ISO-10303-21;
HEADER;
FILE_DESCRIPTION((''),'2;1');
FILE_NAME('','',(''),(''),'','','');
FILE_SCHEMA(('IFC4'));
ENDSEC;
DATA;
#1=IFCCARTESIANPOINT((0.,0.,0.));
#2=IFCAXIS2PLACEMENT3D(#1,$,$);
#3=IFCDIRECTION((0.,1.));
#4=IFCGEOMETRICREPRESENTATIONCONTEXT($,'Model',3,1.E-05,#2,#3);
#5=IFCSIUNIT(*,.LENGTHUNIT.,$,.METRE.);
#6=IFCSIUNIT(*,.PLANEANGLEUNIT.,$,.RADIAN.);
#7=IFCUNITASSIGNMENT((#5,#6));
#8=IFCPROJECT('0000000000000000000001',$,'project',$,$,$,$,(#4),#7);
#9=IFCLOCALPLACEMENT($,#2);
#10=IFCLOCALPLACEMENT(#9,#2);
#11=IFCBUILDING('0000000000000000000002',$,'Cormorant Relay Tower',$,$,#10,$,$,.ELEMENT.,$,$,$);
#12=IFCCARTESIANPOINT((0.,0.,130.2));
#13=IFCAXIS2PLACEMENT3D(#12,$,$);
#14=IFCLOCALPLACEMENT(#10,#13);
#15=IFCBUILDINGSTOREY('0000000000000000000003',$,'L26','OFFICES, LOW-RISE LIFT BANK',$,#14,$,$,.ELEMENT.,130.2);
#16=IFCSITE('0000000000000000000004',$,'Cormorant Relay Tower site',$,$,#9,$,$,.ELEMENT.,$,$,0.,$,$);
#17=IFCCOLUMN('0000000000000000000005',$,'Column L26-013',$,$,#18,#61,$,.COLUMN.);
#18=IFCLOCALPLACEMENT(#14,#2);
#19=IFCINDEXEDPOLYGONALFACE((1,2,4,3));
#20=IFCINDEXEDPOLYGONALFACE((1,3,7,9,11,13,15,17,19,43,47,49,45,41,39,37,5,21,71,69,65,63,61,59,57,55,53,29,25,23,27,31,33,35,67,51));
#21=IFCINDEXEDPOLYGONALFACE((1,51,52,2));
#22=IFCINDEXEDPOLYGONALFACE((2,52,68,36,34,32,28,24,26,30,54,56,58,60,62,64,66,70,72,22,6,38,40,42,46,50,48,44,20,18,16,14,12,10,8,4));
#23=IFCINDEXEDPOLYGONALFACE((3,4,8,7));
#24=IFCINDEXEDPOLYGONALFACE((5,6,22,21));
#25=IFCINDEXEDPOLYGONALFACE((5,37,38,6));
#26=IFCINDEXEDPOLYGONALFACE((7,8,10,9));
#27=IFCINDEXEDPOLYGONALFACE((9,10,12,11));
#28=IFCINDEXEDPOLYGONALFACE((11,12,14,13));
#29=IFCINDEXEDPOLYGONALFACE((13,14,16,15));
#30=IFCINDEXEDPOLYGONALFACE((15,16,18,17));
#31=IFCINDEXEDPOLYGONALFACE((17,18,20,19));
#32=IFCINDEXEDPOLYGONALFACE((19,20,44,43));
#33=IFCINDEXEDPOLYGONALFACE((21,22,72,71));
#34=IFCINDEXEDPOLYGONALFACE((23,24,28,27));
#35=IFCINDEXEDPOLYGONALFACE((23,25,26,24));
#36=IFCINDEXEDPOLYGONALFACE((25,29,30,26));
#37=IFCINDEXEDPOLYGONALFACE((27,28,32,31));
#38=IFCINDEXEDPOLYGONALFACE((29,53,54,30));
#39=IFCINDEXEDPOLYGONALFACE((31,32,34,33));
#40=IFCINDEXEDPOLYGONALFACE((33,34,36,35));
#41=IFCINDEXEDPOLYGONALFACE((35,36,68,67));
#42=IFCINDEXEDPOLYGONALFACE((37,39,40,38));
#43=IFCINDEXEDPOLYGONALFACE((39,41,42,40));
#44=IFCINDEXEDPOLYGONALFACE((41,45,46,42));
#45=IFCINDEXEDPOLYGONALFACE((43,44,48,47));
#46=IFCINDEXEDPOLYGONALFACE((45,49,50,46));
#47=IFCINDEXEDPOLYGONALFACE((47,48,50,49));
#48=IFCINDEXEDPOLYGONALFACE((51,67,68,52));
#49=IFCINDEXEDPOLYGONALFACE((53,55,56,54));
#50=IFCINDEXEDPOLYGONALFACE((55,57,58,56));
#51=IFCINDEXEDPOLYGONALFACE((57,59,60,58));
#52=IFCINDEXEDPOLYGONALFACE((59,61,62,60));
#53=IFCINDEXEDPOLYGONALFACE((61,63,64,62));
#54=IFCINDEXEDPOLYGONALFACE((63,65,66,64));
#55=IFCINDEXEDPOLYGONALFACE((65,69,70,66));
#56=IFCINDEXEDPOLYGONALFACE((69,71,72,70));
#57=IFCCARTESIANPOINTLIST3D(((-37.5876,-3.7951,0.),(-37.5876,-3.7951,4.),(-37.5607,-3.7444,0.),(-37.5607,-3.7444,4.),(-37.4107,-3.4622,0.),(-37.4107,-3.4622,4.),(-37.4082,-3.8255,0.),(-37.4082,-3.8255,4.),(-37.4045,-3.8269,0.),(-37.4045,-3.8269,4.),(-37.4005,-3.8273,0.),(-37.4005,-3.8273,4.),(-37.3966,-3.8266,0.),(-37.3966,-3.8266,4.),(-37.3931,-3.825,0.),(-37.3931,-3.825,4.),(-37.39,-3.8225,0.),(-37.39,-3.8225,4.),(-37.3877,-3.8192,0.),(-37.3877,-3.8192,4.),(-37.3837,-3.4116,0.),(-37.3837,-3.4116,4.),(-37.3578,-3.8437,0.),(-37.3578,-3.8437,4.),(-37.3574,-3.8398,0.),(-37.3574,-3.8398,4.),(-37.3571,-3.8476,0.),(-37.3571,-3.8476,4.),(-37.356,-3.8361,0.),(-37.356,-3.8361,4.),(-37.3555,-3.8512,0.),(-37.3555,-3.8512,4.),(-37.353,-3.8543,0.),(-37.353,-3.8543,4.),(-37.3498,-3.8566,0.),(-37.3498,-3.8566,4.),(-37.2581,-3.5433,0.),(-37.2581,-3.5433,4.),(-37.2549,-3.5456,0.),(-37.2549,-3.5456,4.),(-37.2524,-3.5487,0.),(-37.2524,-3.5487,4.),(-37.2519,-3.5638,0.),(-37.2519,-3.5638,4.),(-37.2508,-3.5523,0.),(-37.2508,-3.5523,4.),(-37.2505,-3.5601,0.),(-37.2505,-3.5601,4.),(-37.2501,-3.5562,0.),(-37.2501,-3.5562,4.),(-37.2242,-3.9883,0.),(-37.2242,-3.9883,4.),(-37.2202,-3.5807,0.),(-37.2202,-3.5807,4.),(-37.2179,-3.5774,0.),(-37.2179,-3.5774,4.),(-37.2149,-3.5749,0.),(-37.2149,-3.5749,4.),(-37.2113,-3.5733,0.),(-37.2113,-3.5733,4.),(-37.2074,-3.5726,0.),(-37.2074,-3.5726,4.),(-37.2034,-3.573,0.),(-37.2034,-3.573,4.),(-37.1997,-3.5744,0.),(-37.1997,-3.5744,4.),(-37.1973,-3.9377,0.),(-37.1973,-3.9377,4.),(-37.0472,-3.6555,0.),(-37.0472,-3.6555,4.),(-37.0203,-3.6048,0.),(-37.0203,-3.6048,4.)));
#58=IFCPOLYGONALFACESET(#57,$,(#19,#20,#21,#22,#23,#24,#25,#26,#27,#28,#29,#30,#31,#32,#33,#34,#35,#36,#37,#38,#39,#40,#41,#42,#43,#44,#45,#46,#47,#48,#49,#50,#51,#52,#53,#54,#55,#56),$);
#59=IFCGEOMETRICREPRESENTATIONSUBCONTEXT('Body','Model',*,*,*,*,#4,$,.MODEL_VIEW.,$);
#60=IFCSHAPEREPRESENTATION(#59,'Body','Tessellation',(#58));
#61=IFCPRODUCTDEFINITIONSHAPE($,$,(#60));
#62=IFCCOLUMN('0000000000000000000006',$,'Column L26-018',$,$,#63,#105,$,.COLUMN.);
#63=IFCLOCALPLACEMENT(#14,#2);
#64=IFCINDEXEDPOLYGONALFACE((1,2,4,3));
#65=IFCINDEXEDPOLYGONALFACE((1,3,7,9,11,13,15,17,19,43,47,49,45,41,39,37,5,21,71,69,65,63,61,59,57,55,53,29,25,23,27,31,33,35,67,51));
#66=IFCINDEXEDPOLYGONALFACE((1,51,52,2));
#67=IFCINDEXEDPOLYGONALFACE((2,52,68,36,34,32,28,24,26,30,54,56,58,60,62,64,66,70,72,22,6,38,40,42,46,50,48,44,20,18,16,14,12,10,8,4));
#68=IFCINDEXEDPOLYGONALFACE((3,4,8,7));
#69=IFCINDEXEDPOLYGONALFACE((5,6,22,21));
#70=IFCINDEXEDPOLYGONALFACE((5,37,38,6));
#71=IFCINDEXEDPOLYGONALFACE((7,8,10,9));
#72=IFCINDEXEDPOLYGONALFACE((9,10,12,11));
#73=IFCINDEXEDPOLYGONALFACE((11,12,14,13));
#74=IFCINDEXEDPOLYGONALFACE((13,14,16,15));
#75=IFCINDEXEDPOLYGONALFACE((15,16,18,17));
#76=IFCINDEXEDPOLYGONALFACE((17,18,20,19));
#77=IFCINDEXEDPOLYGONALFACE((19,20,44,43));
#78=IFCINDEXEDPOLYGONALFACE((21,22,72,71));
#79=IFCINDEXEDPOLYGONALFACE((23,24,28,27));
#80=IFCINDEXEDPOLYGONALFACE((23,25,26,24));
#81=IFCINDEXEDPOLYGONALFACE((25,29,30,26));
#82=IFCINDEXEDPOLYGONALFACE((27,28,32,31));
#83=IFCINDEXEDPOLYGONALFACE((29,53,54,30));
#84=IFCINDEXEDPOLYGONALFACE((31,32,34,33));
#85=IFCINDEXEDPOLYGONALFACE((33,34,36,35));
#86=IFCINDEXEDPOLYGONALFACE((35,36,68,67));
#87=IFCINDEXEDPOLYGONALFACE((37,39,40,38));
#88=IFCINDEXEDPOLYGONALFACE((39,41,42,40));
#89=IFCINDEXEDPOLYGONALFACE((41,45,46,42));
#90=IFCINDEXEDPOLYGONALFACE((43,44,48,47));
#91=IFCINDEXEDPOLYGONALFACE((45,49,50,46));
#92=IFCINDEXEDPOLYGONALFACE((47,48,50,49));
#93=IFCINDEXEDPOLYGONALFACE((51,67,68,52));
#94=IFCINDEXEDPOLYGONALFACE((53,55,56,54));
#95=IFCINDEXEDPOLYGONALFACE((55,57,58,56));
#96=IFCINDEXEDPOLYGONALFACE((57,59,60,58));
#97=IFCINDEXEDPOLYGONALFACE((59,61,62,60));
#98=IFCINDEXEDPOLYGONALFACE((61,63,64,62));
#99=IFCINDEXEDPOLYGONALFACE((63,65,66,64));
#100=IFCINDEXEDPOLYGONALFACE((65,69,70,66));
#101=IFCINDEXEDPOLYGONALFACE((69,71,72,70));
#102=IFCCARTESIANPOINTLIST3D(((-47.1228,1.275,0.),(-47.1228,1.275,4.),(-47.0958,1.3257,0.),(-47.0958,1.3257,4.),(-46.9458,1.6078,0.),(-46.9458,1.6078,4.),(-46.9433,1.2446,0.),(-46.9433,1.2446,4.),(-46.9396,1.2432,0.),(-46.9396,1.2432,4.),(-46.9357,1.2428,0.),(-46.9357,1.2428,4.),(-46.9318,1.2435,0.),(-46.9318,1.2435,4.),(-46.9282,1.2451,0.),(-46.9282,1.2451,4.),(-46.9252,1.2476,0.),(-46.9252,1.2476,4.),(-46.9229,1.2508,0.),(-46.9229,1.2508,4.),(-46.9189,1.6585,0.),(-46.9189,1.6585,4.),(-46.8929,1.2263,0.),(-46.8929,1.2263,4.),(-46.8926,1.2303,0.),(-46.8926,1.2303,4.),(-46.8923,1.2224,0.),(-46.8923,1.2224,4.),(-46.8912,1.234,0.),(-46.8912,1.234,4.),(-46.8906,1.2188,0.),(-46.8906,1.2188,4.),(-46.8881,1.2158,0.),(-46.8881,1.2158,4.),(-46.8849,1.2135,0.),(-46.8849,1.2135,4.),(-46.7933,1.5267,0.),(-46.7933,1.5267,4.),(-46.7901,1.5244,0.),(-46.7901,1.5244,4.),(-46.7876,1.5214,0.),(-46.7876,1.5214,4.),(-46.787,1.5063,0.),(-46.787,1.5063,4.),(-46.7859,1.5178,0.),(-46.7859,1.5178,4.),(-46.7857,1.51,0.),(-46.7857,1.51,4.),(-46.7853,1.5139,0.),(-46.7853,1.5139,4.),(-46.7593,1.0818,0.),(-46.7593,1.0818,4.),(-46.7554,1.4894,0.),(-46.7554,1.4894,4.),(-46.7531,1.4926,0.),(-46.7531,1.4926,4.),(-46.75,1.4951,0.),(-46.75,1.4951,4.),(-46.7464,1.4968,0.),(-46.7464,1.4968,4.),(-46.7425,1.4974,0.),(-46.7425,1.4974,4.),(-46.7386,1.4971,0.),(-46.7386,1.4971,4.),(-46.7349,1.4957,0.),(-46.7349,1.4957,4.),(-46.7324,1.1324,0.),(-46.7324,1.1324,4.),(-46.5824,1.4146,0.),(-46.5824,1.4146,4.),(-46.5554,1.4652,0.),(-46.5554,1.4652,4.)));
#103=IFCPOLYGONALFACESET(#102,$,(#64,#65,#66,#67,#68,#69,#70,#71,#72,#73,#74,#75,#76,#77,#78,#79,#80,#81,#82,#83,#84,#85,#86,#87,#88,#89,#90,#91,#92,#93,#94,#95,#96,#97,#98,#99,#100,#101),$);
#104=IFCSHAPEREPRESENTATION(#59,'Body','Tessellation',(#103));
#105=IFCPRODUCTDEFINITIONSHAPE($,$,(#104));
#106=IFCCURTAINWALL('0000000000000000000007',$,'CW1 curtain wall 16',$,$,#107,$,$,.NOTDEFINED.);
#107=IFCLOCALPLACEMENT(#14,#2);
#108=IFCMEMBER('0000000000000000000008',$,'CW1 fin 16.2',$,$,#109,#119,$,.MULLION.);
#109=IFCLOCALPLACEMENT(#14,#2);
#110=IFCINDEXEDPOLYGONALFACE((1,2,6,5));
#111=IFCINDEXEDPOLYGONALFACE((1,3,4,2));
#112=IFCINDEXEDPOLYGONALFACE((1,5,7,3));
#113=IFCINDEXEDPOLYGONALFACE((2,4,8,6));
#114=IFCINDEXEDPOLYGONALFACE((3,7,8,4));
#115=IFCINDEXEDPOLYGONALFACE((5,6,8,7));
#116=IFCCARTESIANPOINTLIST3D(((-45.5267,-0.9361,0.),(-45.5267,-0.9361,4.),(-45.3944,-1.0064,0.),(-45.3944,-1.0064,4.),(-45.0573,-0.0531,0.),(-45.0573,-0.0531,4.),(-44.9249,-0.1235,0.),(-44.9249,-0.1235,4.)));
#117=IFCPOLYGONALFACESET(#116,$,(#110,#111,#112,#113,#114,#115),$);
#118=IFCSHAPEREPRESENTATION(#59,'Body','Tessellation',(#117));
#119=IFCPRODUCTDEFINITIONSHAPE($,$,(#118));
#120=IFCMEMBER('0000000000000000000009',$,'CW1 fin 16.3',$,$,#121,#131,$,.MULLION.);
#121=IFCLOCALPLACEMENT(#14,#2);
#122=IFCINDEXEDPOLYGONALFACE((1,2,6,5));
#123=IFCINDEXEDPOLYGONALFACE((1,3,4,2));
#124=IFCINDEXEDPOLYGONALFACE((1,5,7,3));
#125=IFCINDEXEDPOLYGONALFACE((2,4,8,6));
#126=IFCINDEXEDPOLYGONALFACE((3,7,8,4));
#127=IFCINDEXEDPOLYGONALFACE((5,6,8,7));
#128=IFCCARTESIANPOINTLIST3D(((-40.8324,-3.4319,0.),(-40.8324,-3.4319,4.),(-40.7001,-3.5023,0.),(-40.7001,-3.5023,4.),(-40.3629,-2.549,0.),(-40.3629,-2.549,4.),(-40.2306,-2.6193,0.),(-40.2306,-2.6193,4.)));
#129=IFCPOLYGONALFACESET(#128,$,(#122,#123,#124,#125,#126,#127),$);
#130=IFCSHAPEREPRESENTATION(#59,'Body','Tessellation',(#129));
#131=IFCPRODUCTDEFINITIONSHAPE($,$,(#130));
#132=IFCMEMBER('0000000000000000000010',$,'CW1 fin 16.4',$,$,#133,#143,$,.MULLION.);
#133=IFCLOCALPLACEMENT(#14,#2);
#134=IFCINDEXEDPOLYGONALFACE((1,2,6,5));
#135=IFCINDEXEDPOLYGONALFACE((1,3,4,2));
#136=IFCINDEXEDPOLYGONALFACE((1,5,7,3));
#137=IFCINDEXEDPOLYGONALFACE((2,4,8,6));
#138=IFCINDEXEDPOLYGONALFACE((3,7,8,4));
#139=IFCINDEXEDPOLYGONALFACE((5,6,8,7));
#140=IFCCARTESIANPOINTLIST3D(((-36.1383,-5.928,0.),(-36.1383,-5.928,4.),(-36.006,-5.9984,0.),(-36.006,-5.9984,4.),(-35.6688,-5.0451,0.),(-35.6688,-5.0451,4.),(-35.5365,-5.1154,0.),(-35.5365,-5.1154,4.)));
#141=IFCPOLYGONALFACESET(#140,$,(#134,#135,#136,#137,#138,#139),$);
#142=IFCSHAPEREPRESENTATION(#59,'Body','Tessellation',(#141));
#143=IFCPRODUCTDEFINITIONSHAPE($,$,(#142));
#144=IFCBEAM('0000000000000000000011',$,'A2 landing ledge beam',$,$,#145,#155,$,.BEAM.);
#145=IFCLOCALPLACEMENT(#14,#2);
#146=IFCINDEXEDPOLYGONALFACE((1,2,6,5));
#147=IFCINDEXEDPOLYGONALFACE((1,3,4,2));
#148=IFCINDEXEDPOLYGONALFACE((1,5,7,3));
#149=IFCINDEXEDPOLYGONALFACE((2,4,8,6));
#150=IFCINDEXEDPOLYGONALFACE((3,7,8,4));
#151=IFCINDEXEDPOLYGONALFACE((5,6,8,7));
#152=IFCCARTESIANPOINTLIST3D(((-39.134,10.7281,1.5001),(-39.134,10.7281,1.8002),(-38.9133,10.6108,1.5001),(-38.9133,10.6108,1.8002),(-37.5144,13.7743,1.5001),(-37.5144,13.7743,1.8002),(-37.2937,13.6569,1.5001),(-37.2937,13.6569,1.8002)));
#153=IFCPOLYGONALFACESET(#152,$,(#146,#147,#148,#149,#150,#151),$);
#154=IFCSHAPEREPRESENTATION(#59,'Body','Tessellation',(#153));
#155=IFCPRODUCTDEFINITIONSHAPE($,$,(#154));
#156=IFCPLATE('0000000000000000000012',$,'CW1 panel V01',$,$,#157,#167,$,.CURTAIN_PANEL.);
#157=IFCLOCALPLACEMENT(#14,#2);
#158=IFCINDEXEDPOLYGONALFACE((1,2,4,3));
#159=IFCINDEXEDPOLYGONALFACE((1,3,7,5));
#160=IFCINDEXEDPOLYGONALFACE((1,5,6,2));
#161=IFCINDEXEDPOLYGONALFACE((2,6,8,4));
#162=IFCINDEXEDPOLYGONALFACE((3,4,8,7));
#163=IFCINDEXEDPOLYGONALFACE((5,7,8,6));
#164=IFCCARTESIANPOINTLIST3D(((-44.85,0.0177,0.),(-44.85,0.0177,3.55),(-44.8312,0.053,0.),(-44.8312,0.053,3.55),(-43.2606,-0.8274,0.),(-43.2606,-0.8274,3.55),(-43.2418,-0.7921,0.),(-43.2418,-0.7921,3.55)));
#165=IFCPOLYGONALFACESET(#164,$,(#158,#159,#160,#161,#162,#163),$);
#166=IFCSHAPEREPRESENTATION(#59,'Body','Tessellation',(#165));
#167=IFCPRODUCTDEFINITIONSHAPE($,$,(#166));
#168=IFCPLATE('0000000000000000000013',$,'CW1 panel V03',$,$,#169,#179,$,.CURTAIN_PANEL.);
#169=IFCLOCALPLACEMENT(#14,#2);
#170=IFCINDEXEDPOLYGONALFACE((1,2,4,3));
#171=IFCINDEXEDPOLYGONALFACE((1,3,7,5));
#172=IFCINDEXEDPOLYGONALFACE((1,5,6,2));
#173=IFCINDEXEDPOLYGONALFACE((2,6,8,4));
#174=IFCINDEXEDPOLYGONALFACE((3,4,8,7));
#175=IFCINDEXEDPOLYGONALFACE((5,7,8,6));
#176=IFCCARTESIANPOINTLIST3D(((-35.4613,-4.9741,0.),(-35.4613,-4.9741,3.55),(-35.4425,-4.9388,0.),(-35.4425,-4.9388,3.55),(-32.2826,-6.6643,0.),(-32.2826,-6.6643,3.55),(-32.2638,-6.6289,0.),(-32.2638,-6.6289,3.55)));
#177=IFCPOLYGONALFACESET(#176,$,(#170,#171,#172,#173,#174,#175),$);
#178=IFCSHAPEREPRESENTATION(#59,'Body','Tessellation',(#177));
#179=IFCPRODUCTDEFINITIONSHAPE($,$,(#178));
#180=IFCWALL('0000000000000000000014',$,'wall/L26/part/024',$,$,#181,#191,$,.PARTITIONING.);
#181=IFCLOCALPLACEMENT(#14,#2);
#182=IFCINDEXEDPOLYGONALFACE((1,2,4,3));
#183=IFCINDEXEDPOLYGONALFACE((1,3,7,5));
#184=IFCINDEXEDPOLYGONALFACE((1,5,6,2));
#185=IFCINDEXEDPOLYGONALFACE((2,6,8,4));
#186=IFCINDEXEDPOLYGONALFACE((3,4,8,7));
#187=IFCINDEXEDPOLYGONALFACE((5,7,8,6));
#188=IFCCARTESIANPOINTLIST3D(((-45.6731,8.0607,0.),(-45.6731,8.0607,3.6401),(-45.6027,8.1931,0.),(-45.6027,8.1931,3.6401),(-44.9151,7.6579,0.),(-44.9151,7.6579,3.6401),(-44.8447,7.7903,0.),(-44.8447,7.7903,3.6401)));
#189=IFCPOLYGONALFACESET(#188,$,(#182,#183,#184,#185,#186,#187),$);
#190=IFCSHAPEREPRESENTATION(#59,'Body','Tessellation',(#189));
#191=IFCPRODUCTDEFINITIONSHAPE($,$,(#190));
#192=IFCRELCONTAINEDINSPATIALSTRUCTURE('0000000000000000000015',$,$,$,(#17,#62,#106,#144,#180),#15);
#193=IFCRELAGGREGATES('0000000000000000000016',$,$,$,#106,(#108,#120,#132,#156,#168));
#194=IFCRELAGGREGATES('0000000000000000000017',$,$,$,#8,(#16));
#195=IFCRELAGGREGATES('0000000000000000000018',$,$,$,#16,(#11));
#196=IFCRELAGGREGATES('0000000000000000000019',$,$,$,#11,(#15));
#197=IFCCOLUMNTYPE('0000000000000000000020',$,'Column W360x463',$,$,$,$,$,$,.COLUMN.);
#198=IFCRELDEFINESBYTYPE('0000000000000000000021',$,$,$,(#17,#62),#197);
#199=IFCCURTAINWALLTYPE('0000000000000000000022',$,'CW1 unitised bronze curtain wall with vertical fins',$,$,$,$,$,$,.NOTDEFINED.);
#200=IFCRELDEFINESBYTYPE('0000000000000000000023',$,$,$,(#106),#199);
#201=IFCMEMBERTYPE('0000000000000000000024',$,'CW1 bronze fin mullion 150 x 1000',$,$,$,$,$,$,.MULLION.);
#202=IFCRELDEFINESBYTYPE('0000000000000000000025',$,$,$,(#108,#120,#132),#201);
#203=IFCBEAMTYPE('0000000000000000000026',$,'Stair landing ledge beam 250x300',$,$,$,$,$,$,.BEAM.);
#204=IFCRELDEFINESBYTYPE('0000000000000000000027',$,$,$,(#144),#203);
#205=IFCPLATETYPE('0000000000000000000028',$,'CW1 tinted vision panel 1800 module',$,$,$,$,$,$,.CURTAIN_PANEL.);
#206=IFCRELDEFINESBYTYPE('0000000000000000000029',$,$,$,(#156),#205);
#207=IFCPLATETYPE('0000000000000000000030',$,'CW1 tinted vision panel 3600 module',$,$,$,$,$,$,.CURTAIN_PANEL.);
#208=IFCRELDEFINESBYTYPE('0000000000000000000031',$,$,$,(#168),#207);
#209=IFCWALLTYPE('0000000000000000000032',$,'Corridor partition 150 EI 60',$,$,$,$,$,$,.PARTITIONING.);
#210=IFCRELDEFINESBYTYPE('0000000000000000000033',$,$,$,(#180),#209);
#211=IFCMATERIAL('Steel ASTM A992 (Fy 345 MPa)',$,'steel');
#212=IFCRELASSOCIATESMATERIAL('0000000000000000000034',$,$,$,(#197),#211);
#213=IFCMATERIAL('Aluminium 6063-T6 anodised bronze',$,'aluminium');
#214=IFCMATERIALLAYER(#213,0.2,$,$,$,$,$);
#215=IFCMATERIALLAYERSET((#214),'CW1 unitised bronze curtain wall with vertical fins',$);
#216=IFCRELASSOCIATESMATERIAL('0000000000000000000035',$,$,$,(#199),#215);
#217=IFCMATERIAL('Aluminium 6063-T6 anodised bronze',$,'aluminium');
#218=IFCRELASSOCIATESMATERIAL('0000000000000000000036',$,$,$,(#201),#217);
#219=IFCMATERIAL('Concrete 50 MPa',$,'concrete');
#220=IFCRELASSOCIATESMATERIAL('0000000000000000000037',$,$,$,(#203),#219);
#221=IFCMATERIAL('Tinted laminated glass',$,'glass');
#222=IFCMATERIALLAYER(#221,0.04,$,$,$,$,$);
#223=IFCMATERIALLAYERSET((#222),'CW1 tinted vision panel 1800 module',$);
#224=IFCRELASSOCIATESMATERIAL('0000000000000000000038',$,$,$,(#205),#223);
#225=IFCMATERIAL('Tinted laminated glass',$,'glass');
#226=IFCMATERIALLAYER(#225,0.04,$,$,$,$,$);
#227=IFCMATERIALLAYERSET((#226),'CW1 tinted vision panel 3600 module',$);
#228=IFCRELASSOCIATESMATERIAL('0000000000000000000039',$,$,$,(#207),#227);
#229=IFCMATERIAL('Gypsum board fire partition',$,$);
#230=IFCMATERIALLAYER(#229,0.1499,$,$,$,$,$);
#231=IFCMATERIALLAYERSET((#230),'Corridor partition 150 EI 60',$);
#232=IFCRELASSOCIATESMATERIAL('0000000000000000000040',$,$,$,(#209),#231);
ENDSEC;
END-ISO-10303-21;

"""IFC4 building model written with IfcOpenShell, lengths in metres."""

from ifc_helpers import new_model, si_unit, direction, frame, frame_2d, origin, origin_2d, place, context, subcontext, project, spatial, rectangle, i_section, extrude, material, layer, layer_set, material_profile, profile_set, type_object, element, aggregate, save


model = new_model("IFC4")

# Units and contexts
model_context = context("Model", 3, precision=1e-05, world=origin(), true_north=direction((0.0, 1.0)))
body_context = subcontext(model_context, "Body", "Model", "MODEL_VIEW")
ifc_project = project(units=[si_unit("LENGTHUNIT", "METRE"), si_unit("PLANEANGLEUNIT", "RADIAN")], contexts=[model_context])

# Site, building, storey
site_placement = place(None, origin())
site = spatial("IfcSite", under=ifc_project, at=site_placement, Name="Cormorant Relay Tower site", CompositionType="ELEMENT", RefElevation=0.0)
building_placement = place(site_placement, origin())
building = spatial("IfcBuilding", under=site, at=building_placement, Name="Cormorant Relay Tower", CompositionType="ELEMENT")
storey_placement = place(building_placement, frame((0.0, 0.0, 130.2)))
storey = spatial("IfcBuildingStorey", under=building, at=storey_placement, Name="L26", Description="OFFICES, LOW-RISE LIFT BANK", CompositionType="ELEMENT", Elevation=130.2)

# Columns
ifc_material_1 = material(Name="Steel ASTM A992 (Fy 345 MPa)", Category="steel")
ifc_material_profile_1 = material_profile(ifc_material_1, i_section(OverallWidth=0.4116, OverallDepth=0.4343, WebThickness=0.0359, FlangeThickness=0.0574, FilletRadius=0.0151, at=origin_2d()), Name="W360x463")
ifc_profile_set_1 = profile_set([ifc_material_profile_1], Name="Steel ASTM A992 (Fy 345 MPa)")
column_type = type_object("IfcColumnType", Name="Column W360x463", PredefinedType="COLUMN", material=ifc_profile_set_1)
for number, where, z_axis, x_axis, name in (
    (1, (-37.304, -3.7, 0.0), (0.0, 0.0, 1.0), (0.882948, -0.469472, 0.0), "Column L26-013"),
    (2, (-46.8391, 1.3701, 0.0), (0.0, 0.0, 1.0), (0.882948, -0.469472, 0.0), "Column L26-018"),
):
    element("IfcColumn", number, at=place(storey_placement, frame(where, z_axis=z_axis, x_axis=x_axis)), inside=storey, type_object=column_type, Name=name, PredefinedType="COLUMN", context=body_context, shape_type="SweptSolid", body=[
        extrude(i_section(OverallWidth=0.4116, OverallDepth=0.4343, WebThickness=0.0359, FlangeThickness=0.0574, FilletRadius=0.0151, at=origin_2d()), origin(), (0.0, 0.0, 1.0), 4.0),
    ])

# Curtain wall, members
ifc_material_2 = material(Name="Aluminium 6063-T6 anodised bronze", Category="aluminium")
ifc_layer_1 = layer(ifc_material_2, 0.2)
ifc_layer_set_1 = layer_set([ifc_layer_1], Name="CW1 unitised bronze curtain wall with vertical fins")
curtain_wall_type = type_object("IfcCurtainWallType", Name="CW1 unitised bronze curtain wall with vertical fins", PredefinedType="NOTDEFINED", material=ifc_layer_set_1)
curtain_wall_placement = place(storey_placement, origin())
curtain_wall = element("IfcCurtainWall", 3, at=curtain_wall_placement, inside=storey, type_object=curtain_wall_type, Name="CW1 curtain wall 16", PredefinedType="NOTDEFINED")
ifc_material_3 = material(Name="Aluminium 6063-T6 anodised bronze", Category="aluminium")
ifc_material_profile_2 = material_profile(ifc_material_3, rectangle(XDim=0.1499, YDim=1.0, at=origin_2d()), Name="AL 150x1000")
ifc_profile_set_2 = profile_set([ifc_material_profile_2], Name="Aluminium 6063-T6 anodised bronze")
member_type = type_object("IfcMemberType", Name="CW1 bronze fin mullion 150 x 1000", PredefinedType="MULLION", material=ifc_profile_set_2)
member_1_placement = place(storey_placement, frame((-45.2258, -0.5298, 0.0), z_axis=(0.0, 0.0, 1.0), x_axis=(0.882948, -0.469472, 0.0)))
member_1 = element("IfcMember", 4, at=member_1_placement, type_object=member_type, Name="CW1 fin 16.2", PredefinedType="MULLION", context=body_context, shape_type="SweptSolid", body=[
    extrude(rectangle(XDim=0.1499, YDim=1.0, at=origin_2d()), origin(), (0.0, 0.0, 1.0), 4.0),
])
member_2_placement = place(storey_placement, frame((-40.5315, -3.0256, 0.0), z_axis=(0.0, 0.0, 1.0), x_axis=(0.882948, -0.469472, 0.0)))
member_2 = element("IfcMember", 5, at=member_2_placement, type_object=member_type, Name="CW1 fin 16.3", PredefinedType="MULLION", context=body_context, shape_type="SweptSolid", body=[
    extrude(rectangle(XDim=0.1499, YDim=1.0, at=origin_2d()), origin(), (0.0, 0.0, 1.0), 4.0),
])
member_3_placement = place(storey_placement, frame((-35.8374, -5.5217, 0.0), z_axis=(0.0, 0.0, 1.0), x_axis=(0.882948, -0.469472, 0.0)))
member_3 = element("IfcMember", 6, at=member_3_placement, type_object=member_type, Name="CW1 fin 16.4", PredefinedType="MULLION", context=body_context, shape_type="SweptSolid", body=[
    extrude(rectangle(XDim=0.1499, YDim=1.0, at=origin_2d()), origin(), (0.0, 0.0, 1.0), 4.0),
])

# Beam
ifc_material_4 = material(Name="Concrete 50 MPa", Category="concrete")
ifc_material_profile_3 = material_profile(ifc_material_4, rectangle(XDim=0.25, YDim=0.3, at=origin_2d()), Name="RC 250x300")
ifc_profile_set_3 = profile_set([ifc_material_profile_3], Name="Concrete 50 MPa")
beam_type = type_object("IfcBeamType", Name="Stair landing ledge beam 250x300", PredefinedType="BEAM", material=ifc_profile_set_3)
beam_placement = place(storey_placement, frame((-37.4041, 13.7156, 1.6501), z_axis=(-0.469464, -0.882952, 0.0), x_axis=(0.882952, -0.469464, 0.0)))
element("IfcBeam", 7, at=beam_placement, inside=storey, type_object=beam_type, Name="A2 landing ledge beam", PredefinedType="BEAM", context=body_context, shape_type="SweptSolid", body=[
    extrude(rectangle(XDim=0.25, YDim=0.3, at=origin_2d()), origin(), (0.0, 0.0, 1.0), 3.45),
])

# Plates
ifc_material_5 = material(Name="Tinted laminated glass", Category="glass")
ifc_layer_2 = layer(ifc_material_5, 0.04)
ifc_layer_set_2 = layer_set([ifc_layer_2], Name="CW1 tinted vision panel 1800 module")
plate_type_1 = type_object("IfcPlateType", Name="CW1 tinted vision panel 1800 module", PredefinedType="CURTAIN_PANEL", material=ifc_layer_set_2)
plate_1_placement = place(storey_placement, frame((-44.0459, -0.3872, 0.0), z_axis=(0.0, 0.0, 1.0), x_axis=(0.882948, -0.469472, 0.0)))
plate_1 = element("IfcPlate", 8, at=plate_1_placement, type_object=plate_type_1, Name="CW1 panel V01", PredefinedType="CURTAIN_PANEL", context=body_context, shape_type="SweptSolid", body=[
    extrude(rectangle(XDim=1.8, YDim=0.04, at=origin_2d()), origin(), (0.0, 0.0, 1.0), 3.55),
])
ifc_material_6 = material(Name="Tinted laminated glass", Category="glass")
ifc_layer_3 = layer(ifc_material_6, 0.04)
ifc_layer_set_3 = layer_set([ifc_layer_3], Name="CW1 tinted vision panel 3600 module")
plate_type_2 = type_object("IfcPlateType", Name="CW1 tinted vision panel 3600 module", PredefinedType="CURTAIN_PANEL", material=ifc_layer_set_3)
plate_2_placement = place(storey_placement, frame((-33.8625, -5.8015, 0.0), z_axis=(0.0, 0.0, 1.0), x_axis=(0.882948, -0.469472, 0.0)))
plate_2 = element("IfcPlate", 9, at=plate_2_placement, type_object=plate_type_2, Name="CW1 panel V03", PredefinedType="CURTAIN_PANEL", context=body_context, shape_type="SweptSolid", body=[
    extrude(rectangle(XDim=3.6001, YDim=0.04, at=origin_2d()), origin(), (0.0, 0.0, 1.0), 3.55),
])

# Wall
ifc_material_7 = material(Name="Gypsum board fire partition")
ifc_layer_4 = layer(ifc_material_7, 0.1499)
ifc_layer_set_4 = layer_set([ifc_layer_4], Name="Corridor partition 150 EI 60")
wall_type_1 = type_object("IfcWallType", Name="Corridor partition 150 EI 60", PredefinedType="PARTITIONING", material=ifc_layer_set_4)
wall_1_placement = place(storey_placement, frame((-44.8799, 7.7241, 0.0), z_axis=(0.0, 0.0, 1.0), x_axis=(-0.88306, 0.469259, 0.0)))
element("IfcWall", 10, at=wall_1_placement, inside=storey, type_object=wall_type_1, Name="wall/L26/part/024", PredefinedType="PARTITIONING", context=body_context, shape_type="SweptSolid", body=[
    extrude(rectangle(XDim=0.8584, YDim=0.1499, at=frame_2d((0.4292, 0.0))), origin(), (0.0, 0.0, 1.0), 3.6401),
])

aggregate(curtain_wall, [member_1, member_2, member_3, plate_1, plate_2])

save(model, "model.ifc")
